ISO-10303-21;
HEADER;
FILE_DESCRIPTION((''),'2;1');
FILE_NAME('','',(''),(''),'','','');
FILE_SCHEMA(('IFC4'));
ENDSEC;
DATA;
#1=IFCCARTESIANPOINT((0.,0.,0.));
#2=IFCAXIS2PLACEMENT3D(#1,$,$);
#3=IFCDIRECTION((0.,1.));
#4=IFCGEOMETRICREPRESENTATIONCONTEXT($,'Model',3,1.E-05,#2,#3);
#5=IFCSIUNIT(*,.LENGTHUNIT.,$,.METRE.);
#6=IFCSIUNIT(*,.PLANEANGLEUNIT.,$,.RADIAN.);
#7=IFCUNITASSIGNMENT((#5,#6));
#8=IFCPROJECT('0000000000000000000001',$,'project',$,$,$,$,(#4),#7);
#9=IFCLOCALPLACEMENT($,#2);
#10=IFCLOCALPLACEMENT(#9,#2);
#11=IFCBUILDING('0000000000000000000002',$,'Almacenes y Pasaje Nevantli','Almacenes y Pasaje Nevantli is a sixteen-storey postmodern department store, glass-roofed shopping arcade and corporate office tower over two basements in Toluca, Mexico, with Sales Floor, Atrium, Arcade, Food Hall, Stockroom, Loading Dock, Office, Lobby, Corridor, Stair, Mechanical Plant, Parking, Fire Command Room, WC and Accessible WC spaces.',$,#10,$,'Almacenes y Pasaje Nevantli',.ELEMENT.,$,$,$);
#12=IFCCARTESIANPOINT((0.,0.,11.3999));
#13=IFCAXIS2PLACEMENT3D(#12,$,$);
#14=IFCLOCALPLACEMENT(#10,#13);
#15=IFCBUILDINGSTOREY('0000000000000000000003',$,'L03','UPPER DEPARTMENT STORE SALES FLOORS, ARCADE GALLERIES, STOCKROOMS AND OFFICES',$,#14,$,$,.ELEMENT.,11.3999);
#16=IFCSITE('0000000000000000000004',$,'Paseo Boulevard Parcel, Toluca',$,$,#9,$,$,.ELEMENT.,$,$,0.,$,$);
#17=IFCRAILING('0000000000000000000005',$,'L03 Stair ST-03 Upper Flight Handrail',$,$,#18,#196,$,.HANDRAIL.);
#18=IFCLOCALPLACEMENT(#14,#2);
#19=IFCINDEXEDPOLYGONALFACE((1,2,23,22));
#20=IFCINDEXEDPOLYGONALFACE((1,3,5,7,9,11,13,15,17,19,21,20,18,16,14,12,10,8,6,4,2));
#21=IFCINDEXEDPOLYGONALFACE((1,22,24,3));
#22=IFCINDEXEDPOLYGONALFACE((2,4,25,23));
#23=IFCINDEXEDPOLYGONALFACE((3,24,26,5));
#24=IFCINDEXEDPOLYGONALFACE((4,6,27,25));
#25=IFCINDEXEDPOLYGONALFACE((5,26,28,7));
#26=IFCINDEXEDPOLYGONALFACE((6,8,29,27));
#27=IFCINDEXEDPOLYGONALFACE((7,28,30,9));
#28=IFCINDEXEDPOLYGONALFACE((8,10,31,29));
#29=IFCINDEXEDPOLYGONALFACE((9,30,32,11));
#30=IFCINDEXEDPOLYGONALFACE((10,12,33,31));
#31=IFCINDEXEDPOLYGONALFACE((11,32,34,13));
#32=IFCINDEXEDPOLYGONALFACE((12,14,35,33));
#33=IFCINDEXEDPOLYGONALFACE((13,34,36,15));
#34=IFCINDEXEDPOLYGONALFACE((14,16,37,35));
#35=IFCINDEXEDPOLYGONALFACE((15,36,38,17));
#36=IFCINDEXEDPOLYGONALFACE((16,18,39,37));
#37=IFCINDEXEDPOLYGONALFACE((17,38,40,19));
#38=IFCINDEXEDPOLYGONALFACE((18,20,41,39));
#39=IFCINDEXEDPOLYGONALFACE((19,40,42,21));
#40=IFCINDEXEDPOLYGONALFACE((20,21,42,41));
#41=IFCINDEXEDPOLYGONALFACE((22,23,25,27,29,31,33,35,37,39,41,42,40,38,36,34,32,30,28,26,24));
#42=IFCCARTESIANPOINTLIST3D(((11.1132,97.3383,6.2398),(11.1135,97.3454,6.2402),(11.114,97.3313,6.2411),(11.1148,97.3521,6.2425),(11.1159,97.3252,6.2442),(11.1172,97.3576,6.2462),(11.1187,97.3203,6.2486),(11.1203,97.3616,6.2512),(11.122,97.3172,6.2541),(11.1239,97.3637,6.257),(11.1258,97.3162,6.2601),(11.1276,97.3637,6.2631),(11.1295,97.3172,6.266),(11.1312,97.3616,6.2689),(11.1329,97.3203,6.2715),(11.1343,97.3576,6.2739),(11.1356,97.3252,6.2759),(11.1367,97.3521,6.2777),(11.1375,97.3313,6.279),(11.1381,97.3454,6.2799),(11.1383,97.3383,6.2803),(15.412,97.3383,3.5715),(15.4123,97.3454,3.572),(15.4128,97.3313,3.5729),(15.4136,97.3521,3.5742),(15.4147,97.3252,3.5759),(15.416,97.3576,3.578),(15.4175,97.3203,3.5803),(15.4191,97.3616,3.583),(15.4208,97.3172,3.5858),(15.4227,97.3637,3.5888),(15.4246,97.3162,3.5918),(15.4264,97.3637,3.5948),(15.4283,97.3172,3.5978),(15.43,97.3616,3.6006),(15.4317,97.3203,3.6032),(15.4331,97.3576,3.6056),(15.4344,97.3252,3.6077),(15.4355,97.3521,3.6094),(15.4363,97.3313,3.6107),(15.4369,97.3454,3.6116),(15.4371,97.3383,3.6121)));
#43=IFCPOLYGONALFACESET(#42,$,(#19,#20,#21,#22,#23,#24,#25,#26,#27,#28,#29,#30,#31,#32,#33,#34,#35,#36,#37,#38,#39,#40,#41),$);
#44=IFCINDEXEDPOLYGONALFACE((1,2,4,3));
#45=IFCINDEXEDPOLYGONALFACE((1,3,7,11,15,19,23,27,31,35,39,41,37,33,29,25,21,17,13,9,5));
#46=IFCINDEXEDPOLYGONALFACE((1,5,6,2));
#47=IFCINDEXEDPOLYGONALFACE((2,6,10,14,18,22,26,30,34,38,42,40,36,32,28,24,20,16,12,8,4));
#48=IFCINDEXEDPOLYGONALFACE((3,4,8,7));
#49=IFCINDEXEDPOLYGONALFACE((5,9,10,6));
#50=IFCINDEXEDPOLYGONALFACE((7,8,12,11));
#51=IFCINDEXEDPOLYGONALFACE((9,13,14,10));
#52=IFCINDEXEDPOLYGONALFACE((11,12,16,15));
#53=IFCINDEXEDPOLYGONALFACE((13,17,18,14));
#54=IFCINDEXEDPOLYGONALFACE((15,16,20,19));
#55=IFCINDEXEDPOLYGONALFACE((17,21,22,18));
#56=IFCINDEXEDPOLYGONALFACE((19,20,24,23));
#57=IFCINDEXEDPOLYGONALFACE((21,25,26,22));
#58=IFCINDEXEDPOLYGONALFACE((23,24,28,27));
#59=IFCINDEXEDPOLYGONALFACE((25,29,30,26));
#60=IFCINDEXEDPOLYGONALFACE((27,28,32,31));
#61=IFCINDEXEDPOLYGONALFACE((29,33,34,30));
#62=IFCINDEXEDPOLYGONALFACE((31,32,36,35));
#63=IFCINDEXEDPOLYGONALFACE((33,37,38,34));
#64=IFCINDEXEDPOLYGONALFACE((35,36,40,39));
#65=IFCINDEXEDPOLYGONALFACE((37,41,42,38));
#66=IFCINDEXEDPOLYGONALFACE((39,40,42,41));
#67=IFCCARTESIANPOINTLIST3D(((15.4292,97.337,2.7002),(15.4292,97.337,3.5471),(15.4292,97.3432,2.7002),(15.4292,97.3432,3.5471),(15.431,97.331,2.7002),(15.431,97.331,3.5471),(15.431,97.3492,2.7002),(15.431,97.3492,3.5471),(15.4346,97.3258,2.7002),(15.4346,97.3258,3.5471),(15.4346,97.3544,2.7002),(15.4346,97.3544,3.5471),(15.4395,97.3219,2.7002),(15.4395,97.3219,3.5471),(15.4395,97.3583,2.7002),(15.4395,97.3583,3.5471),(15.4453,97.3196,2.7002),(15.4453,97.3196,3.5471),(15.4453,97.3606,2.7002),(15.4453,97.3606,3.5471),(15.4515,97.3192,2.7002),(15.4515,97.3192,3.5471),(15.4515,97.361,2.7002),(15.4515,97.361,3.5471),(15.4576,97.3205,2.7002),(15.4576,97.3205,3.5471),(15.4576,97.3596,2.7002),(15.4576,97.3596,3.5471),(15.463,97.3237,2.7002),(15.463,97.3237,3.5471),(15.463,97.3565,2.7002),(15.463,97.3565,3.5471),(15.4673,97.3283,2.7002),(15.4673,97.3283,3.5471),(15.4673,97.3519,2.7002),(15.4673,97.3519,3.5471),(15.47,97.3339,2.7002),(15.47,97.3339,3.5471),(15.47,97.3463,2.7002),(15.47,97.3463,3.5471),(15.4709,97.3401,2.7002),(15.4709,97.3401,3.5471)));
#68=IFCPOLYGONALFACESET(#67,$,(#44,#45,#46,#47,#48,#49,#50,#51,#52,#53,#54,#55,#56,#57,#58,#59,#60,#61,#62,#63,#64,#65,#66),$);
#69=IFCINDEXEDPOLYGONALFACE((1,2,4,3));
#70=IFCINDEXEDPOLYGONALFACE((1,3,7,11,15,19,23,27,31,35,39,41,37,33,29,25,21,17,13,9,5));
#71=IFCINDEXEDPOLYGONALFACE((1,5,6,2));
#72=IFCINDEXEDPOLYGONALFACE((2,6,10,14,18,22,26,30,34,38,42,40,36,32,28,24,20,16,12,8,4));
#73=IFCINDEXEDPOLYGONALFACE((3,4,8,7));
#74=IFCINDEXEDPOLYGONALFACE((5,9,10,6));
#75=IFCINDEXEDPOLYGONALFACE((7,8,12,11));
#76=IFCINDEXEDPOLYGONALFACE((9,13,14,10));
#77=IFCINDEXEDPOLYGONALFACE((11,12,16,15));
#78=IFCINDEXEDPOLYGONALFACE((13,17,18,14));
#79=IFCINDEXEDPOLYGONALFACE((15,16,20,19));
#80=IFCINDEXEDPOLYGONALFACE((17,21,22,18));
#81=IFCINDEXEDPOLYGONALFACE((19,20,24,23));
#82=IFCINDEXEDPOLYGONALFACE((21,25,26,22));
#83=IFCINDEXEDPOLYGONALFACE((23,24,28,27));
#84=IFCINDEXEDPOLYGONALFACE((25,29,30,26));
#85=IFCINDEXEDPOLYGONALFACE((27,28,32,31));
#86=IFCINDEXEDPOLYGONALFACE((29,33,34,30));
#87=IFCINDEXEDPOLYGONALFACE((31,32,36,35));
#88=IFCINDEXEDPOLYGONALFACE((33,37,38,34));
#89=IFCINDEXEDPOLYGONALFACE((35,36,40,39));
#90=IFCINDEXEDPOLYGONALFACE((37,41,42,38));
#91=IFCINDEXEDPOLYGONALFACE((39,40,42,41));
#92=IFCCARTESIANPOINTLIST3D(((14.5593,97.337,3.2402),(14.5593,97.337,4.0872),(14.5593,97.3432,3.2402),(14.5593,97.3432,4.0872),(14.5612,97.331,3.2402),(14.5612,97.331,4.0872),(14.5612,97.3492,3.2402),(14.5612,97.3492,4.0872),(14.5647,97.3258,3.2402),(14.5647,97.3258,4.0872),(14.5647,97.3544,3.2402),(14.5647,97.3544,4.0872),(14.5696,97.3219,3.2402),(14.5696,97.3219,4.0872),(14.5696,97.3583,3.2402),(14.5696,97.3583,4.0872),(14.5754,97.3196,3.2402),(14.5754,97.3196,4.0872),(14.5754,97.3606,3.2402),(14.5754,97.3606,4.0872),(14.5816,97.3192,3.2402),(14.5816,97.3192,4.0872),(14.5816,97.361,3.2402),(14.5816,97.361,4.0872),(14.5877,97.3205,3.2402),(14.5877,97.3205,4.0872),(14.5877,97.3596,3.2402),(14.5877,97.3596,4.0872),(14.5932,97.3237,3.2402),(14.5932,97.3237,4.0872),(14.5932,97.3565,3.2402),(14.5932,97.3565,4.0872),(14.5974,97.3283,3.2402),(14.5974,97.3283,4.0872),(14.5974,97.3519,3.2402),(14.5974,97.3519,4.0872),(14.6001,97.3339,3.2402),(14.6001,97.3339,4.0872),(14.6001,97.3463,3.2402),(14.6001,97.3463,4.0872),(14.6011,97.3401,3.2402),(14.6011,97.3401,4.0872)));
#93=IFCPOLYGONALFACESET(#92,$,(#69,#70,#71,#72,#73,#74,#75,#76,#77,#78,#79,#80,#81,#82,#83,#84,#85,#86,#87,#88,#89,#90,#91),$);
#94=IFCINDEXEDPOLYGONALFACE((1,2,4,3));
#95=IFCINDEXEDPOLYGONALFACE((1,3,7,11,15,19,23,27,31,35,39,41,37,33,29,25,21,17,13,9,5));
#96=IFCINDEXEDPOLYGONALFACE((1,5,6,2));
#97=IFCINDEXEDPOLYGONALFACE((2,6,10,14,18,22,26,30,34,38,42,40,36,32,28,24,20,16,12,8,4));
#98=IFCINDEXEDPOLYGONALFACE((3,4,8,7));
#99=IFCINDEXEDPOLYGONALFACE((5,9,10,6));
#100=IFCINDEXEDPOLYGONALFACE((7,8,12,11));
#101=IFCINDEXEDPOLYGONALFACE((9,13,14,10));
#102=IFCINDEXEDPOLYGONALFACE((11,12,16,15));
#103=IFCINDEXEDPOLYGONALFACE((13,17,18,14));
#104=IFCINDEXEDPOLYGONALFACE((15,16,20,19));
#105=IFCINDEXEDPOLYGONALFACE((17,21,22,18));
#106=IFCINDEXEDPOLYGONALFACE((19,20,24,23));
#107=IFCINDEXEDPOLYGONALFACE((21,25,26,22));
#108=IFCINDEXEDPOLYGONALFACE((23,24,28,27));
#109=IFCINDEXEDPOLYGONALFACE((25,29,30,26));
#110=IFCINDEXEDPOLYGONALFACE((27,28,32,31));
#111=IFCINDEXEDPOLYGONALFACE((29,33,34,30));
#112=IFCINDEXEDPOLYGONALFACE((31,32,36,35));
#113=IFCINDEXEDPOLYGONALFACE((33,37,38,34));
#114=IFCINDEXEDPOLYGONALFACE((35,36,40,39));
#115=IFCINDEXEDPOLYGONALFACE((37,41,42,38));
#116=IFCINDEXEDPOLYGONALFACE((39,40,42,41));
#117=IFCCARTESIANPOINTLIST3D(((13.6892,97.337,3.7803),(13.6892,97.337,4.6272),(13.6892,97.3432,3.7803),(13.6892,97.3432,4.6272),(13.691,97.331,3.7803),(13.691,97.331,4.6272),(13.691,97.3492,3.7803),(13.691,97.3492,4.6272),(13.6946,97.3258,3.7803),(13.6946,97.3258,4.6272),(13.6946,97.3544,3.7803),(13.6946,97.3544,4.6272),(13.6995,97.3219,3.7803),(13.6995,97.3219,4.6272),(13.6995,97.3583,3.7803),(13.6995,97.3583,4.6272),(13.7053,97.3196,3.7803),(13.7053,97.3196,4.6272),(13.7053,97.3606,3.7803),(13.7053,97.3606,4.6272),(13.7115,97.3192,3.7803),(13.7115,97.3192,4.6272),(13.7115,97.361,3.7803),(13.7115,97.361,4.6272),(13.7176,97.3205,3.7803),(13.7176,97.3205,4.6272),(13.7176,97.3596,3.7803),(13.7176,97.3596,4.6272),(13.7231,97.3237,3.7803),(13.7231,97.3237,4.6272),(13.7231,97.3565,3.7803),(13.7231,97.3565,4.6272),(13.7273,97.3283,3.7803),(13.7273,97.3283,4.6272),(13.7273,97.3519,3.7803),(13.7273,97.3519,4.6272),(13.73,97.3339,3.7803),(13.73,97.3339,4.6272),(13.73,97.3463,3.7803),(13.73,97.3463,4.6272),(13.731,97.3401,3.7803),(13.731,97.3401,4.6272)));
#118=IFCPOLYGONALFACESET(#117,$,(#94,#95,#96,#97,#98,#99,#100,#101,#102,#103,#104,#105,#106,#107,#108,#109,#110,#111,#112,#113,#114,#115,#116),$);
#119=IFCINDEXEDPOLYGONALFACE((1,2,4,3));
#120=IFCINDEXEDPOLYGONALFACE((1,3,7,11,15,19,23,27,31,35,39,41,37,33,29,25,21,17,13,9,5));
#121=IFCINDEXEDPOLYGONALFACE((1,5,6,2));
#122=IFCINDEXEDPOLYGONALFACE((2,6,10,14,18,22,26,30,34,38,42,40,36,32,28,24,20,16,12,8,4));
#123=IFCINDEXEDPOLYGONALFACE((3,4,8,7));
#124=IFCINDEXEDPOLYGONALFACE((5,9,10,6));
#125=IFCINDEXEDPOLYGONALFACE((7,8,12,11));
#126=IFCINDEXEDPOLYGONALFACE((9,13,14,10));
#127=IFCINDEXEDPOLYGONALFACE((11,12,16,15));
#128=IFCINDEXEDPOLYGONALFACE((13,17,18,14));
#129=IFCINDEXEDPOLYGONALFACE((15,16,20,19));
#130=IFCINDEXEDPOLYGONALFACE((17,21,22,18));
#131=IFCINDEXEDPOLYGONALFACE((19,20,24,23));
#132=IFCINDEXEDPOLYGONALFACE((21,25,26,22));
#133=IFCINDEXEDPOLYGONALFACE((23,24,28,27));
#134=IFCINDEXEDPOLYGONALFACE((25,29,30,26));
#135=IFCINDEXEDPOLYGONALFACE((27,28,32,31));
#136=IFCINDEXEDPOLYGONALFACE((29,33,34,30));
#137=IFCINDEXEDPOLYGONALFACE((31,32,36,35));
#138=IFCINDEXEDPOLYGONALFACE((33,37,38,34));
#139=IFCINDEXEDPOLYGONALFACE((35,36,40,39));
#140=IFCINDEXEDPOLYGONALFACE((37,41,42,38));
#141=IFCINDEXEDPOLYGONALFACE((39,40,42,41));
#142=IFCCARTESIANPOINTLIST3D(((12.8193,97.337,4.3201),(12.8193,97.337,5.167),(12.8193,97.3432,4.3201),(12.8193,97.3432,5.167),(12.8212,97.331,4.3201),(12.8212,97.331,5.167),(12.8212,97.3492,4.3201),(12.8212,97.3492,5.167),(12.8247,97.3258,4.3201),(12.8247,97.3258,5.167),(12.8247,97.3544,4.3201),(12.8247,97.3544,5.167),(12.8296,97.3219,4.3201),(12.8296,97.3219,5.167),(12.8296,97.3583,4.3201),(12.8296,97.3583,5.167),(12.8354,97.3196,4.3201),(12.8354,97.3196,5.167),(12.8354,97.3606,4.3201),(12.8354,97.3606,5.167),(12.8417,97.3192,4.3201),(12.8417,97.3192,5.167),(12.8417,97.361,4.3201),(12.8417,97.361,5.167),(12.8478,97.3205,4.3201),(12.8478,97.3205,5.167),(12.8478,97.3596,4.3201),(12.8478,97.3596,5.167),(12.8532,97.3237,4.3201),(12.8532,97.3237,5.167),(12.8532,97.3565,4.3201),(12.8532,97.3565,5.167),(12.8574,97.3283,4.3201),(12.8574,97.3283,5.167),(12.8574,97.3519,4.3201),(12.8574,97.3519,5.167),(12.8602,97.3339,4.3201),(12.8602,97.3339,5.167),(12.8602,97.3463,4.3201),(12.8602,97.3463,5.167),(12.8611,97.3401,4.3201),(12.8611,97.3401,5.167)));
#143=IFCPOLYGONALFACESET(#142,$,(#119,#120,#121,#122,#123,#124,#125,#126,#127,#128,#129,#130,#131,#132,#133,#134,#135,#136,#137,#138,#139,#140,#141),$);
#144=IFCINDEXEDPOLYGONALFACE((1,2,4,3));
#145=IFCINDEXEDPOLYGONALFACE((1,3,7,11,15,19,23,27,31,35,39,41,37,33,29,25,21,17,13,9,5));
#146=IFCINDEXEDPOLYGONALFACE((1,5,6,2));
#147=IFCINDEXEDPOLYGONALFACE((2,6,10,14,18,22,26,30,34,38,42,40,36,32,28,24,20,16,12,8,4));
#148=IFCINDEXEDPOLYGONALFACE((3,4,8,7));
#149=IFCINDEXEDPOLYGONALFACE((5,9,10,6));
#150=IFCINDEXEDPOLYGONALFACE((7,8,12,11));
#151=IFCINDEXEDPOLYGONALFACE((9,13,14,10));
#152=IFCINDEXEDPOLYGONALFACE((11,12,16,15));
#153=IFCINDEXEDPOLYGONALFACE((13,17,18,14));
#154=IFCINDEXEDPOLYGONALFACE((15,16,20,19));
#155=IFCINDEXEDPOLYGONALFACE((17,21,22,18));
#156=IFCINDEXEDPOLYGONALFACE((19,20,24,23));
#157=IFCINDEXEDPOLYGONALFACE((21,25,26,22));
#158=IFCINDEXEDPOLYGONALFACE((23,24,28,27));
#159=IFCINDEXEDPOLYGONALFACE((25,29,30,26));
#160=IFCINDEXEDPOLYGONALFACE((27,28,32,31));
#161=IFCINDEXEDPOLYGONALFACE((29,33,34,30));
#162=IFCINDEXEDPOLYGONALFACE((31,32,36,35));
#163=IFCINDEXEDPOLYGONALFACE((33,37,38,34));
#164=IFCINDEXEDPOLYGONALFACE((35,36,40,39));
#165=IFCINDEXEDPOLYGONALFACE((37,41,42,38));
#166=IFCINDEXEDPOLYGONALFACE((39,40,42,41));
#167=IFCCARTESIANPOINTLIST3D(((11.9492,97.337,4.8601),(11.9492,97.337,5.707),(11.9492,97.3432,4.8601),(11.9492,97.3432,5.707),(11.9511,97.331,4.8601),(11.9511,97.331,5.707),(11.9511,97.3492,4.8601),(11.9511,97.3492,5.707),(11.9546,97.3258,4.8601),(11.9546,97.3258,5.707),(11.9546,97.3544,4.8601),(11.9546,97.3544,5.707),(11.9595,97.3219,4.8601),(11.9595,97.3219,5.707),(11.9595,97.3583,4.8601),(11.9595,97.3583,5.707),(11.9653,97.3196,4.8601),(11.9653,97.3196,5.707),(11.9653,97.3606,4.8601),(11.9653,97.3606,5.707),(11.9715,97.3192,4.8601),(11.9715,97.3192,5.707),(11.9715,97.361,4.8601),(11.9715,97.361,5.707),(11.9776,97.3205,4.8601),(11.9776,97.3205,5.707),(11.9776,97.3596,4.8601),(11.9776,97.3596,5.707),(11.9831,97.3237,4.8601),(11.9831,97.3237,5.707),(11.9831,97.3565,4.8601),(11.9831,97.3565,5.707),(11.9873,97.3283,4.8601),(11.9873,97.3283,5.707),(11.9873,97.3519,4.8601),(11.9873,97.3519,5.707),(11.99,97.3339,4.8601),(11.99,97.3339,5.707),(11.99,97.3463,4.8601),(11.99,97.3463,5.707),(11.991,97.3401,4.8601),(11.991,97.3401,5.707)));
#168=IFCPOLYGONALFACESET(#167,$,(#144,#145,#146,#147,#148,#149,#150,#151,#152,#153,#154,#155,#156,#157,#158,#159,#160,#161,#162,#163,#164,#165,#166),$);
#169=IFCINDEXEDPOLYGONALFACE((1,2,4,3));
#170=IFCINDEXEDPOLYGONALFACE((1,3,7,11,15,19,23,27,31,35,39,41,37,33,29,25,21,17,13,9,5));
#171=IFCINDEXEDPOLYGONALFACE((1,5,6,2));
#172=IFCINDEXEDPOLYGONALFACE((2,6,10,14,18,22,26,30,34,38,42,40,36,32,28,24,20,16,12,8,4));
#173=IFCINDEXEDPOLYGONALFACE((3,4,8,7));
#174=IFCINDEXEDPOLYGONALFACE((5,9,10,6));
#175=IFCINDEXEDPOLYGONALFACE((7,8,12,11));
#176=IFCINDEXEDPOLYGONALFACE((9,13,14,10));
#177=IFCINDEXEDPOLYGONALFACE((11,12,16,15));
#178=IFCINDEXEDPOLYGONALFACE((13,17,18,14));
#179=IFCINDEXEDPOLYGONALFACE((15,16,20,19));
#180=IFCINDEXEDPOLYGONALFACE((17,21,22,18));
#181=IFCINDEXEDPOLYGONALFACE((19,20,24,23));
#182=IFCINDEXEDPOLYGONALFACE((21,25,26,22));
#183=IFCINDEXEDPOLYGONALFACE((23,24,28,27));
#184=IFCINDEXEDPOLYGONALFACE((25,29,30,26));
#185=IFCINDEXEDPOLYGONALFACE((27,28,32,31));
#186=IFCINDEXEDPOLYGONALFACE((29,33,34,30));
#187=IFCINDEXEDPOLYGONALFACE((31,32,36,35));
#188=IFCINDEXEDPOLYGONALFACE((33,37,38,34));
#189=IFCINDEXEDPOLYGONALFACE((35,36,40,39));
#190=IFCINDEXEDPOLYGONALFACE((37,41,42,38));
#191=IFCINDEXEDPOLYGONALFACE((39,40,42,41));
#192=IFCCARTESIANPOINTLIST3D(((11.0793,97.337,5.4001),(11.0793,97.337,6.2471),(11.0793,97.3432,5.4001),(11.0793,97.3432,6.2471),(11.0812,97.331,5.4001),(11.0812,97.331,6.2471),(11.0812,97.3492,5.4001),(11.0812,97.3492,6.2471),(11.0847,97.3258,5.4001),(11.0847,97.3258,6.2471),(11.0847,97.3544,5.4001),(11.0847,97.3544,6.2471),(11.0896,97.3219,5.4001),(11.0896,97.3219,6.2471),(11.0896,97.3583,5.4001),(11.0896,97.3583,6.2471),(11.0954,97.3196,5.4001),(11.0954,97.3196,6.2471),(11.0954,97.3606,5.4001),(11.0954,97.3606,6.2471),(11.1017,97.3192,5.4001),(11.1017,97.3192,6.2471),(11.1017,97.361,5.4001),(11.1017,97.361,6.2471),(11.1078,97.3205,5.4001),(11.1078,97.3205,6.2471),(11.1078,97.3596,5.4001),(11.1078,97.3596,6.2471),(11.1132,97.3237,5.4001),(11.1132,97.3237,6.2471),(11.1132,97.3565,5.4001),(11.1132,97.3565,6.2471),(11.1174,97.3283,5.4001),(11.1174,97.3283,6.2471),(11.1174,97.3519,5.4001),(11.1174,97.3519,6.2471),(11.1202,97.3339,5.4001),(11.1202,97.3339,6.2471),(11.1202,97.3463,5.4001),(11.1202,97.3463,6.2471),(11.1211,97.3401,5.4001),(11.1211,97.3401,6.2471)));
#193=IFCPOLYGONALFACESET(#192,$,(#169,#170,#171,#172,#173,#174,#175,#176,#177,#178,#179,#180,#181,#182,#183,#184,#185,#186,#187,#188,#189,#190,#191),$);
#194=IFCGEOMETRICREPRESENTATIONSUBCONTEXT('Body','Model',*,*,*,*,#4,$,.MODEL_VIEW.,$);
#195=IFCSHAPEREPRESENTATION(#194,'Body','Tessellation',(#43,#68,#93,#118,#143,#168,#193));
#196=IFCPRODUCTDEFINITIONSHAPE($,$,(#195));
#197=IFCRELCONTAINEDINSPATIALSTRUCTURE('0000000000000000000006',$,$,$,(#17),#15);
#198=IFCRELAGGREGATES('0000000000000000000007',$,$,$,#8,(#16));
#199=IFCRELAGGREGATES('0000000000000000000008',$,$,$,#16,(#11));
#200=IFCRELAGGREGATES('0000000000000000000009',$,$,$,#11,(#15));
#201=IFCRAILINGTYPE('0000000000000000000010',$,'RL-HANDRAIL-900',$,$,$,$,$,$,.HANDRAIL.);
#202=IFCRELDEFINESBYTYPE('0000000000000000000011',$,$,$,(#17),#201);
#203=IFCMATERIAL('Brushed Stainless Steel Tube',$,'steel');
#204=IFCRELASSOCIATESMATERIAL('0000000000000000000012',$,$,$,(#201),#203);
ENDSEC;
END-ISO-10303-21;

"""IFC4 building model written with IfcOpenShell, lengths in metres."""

from ifc_helpers import new_model, si_unit, direction, frame, origin, origin_2d, place, context, subcontext, project, spatial, circle, extrude, material, type_object, element, save


model = new_model("IFC4")

# Units and contexts
model_context = context("Model", 3, precision=1e-05, world=origin(), true_north=direction((0.0, 1.0)))
body_context = subcontext(model_context, "Body", "Model", "MODEL_VIEW")
ifc_project = project(units=[si_unit("LENGTHUNIT", "METRE"), si_unit("PLANEANGLEUNIT", "RADIAN")], contexts=[model_context])

# Site, building, storey
site_placement = place(None, origin())
site = spatial("IfcSite", under=ifc_project, at=site_placement, Name="Paseo Boulevard Parcel, Toluca", CompositionType="ELEMENT", RefElevation=0.0)
building_placement = place(site_placement, origin())
building = spatial("IfcBuilding", under=site, at=building_placement, Name="Almacenes y Pasaje Nevantli", Description="Almacenes y Pasaje Nevantli is a sixteen-storey postmodern department store, glass-roofed shopping arcade and corporate office tower over two basements in Toluca, Mexico, with Sales Floor, Atrium, Arcade, Food Hall, Stockroom, Loading Dock, Office, Lobby, Corridor, Stair, Mechanical Plant, Parking, Fire Command Room, WC and Accessible WC spaces.", LongName="Almacenes y Pasaje Nevantli", CompositionType="ELEMENT")
storey_placement = place(building_placement, frame((0.0, 0.0, 11.3999)))
storey = spatial("IfcBuildingStorey", under=building, at=storey_placement, Name="L03", Description="UPPER DEPARTMENT STORE SALES FLOORS, ARCADE GALLERIES, STOCKROOMS AND OFFICES", CompositionType="ELEMENT", Elevation=11.3999)

# Railing
ifc_material_1 = material(Name="Brushed Stainless Steel Tube", Category="steel")
railing_type_1 = type_object("IfcRailingType", Name="RL-HANDRAIL-900", PredefinedType="HANDRAIL", material=ifc_material_1)
railing_1_placement = place(storey_placement, frame((15.45, 97.3401, 2.7002)))
element("IfcRailing", 1, at=railing_1_placement, inside=storey, type_object=railing_type_1, Name="L03 Stair ST-03 Upper Flight Handrail", PredefinedType="HANDRAIL", context=body_context, shape_type="SweptSolid", body=[
    extrude(circle(Radius=0.0239, at=origin_2d()), frame((-0.0254, 0.0, 0.8916), z_axis=(-0.849636, 0.0, 0.527369), x_axis=(0.0, -1.0, 0.0)), (0.0, 0.0, 1.0), 5.0596),
    extrude(circle(Radius=0.021, at=origin_2d()), origin(), (0.0, 0.0, 1.0), 0.8469),
    extrude(circle(Radius=0.021, at=origin_2d()), frame((-0.8699, 0.0, 0.54)), (0.0, 0.0, 1.0), 0.8469),
    extrude(circle(Radius=0.021, at=origin_2d()), frame((-1.74, 0.0, 1.0801)), (0.0, 0.0, 1.0), 0.8469),
    extrude(circle(Radius=0.021, at=origin_2d()), frame((-2.6099, 0.0, 1.6199)), (0.0, 0.0, 1.0), 0.8469),
    extrude(circle(Radius=0.021, at=origin_2d()), frame((-3.48, 0.0, 2.1599)), (0.0, 0.0, 1.0), 0.8469),
    extrude(circle(Radius=0.021, at=origin_2d()), frame((-4.3499, 0.0, 2.7)), (0.0, 0.0, 1.0), 0.8469),
])

save(model, "model.ifc")
